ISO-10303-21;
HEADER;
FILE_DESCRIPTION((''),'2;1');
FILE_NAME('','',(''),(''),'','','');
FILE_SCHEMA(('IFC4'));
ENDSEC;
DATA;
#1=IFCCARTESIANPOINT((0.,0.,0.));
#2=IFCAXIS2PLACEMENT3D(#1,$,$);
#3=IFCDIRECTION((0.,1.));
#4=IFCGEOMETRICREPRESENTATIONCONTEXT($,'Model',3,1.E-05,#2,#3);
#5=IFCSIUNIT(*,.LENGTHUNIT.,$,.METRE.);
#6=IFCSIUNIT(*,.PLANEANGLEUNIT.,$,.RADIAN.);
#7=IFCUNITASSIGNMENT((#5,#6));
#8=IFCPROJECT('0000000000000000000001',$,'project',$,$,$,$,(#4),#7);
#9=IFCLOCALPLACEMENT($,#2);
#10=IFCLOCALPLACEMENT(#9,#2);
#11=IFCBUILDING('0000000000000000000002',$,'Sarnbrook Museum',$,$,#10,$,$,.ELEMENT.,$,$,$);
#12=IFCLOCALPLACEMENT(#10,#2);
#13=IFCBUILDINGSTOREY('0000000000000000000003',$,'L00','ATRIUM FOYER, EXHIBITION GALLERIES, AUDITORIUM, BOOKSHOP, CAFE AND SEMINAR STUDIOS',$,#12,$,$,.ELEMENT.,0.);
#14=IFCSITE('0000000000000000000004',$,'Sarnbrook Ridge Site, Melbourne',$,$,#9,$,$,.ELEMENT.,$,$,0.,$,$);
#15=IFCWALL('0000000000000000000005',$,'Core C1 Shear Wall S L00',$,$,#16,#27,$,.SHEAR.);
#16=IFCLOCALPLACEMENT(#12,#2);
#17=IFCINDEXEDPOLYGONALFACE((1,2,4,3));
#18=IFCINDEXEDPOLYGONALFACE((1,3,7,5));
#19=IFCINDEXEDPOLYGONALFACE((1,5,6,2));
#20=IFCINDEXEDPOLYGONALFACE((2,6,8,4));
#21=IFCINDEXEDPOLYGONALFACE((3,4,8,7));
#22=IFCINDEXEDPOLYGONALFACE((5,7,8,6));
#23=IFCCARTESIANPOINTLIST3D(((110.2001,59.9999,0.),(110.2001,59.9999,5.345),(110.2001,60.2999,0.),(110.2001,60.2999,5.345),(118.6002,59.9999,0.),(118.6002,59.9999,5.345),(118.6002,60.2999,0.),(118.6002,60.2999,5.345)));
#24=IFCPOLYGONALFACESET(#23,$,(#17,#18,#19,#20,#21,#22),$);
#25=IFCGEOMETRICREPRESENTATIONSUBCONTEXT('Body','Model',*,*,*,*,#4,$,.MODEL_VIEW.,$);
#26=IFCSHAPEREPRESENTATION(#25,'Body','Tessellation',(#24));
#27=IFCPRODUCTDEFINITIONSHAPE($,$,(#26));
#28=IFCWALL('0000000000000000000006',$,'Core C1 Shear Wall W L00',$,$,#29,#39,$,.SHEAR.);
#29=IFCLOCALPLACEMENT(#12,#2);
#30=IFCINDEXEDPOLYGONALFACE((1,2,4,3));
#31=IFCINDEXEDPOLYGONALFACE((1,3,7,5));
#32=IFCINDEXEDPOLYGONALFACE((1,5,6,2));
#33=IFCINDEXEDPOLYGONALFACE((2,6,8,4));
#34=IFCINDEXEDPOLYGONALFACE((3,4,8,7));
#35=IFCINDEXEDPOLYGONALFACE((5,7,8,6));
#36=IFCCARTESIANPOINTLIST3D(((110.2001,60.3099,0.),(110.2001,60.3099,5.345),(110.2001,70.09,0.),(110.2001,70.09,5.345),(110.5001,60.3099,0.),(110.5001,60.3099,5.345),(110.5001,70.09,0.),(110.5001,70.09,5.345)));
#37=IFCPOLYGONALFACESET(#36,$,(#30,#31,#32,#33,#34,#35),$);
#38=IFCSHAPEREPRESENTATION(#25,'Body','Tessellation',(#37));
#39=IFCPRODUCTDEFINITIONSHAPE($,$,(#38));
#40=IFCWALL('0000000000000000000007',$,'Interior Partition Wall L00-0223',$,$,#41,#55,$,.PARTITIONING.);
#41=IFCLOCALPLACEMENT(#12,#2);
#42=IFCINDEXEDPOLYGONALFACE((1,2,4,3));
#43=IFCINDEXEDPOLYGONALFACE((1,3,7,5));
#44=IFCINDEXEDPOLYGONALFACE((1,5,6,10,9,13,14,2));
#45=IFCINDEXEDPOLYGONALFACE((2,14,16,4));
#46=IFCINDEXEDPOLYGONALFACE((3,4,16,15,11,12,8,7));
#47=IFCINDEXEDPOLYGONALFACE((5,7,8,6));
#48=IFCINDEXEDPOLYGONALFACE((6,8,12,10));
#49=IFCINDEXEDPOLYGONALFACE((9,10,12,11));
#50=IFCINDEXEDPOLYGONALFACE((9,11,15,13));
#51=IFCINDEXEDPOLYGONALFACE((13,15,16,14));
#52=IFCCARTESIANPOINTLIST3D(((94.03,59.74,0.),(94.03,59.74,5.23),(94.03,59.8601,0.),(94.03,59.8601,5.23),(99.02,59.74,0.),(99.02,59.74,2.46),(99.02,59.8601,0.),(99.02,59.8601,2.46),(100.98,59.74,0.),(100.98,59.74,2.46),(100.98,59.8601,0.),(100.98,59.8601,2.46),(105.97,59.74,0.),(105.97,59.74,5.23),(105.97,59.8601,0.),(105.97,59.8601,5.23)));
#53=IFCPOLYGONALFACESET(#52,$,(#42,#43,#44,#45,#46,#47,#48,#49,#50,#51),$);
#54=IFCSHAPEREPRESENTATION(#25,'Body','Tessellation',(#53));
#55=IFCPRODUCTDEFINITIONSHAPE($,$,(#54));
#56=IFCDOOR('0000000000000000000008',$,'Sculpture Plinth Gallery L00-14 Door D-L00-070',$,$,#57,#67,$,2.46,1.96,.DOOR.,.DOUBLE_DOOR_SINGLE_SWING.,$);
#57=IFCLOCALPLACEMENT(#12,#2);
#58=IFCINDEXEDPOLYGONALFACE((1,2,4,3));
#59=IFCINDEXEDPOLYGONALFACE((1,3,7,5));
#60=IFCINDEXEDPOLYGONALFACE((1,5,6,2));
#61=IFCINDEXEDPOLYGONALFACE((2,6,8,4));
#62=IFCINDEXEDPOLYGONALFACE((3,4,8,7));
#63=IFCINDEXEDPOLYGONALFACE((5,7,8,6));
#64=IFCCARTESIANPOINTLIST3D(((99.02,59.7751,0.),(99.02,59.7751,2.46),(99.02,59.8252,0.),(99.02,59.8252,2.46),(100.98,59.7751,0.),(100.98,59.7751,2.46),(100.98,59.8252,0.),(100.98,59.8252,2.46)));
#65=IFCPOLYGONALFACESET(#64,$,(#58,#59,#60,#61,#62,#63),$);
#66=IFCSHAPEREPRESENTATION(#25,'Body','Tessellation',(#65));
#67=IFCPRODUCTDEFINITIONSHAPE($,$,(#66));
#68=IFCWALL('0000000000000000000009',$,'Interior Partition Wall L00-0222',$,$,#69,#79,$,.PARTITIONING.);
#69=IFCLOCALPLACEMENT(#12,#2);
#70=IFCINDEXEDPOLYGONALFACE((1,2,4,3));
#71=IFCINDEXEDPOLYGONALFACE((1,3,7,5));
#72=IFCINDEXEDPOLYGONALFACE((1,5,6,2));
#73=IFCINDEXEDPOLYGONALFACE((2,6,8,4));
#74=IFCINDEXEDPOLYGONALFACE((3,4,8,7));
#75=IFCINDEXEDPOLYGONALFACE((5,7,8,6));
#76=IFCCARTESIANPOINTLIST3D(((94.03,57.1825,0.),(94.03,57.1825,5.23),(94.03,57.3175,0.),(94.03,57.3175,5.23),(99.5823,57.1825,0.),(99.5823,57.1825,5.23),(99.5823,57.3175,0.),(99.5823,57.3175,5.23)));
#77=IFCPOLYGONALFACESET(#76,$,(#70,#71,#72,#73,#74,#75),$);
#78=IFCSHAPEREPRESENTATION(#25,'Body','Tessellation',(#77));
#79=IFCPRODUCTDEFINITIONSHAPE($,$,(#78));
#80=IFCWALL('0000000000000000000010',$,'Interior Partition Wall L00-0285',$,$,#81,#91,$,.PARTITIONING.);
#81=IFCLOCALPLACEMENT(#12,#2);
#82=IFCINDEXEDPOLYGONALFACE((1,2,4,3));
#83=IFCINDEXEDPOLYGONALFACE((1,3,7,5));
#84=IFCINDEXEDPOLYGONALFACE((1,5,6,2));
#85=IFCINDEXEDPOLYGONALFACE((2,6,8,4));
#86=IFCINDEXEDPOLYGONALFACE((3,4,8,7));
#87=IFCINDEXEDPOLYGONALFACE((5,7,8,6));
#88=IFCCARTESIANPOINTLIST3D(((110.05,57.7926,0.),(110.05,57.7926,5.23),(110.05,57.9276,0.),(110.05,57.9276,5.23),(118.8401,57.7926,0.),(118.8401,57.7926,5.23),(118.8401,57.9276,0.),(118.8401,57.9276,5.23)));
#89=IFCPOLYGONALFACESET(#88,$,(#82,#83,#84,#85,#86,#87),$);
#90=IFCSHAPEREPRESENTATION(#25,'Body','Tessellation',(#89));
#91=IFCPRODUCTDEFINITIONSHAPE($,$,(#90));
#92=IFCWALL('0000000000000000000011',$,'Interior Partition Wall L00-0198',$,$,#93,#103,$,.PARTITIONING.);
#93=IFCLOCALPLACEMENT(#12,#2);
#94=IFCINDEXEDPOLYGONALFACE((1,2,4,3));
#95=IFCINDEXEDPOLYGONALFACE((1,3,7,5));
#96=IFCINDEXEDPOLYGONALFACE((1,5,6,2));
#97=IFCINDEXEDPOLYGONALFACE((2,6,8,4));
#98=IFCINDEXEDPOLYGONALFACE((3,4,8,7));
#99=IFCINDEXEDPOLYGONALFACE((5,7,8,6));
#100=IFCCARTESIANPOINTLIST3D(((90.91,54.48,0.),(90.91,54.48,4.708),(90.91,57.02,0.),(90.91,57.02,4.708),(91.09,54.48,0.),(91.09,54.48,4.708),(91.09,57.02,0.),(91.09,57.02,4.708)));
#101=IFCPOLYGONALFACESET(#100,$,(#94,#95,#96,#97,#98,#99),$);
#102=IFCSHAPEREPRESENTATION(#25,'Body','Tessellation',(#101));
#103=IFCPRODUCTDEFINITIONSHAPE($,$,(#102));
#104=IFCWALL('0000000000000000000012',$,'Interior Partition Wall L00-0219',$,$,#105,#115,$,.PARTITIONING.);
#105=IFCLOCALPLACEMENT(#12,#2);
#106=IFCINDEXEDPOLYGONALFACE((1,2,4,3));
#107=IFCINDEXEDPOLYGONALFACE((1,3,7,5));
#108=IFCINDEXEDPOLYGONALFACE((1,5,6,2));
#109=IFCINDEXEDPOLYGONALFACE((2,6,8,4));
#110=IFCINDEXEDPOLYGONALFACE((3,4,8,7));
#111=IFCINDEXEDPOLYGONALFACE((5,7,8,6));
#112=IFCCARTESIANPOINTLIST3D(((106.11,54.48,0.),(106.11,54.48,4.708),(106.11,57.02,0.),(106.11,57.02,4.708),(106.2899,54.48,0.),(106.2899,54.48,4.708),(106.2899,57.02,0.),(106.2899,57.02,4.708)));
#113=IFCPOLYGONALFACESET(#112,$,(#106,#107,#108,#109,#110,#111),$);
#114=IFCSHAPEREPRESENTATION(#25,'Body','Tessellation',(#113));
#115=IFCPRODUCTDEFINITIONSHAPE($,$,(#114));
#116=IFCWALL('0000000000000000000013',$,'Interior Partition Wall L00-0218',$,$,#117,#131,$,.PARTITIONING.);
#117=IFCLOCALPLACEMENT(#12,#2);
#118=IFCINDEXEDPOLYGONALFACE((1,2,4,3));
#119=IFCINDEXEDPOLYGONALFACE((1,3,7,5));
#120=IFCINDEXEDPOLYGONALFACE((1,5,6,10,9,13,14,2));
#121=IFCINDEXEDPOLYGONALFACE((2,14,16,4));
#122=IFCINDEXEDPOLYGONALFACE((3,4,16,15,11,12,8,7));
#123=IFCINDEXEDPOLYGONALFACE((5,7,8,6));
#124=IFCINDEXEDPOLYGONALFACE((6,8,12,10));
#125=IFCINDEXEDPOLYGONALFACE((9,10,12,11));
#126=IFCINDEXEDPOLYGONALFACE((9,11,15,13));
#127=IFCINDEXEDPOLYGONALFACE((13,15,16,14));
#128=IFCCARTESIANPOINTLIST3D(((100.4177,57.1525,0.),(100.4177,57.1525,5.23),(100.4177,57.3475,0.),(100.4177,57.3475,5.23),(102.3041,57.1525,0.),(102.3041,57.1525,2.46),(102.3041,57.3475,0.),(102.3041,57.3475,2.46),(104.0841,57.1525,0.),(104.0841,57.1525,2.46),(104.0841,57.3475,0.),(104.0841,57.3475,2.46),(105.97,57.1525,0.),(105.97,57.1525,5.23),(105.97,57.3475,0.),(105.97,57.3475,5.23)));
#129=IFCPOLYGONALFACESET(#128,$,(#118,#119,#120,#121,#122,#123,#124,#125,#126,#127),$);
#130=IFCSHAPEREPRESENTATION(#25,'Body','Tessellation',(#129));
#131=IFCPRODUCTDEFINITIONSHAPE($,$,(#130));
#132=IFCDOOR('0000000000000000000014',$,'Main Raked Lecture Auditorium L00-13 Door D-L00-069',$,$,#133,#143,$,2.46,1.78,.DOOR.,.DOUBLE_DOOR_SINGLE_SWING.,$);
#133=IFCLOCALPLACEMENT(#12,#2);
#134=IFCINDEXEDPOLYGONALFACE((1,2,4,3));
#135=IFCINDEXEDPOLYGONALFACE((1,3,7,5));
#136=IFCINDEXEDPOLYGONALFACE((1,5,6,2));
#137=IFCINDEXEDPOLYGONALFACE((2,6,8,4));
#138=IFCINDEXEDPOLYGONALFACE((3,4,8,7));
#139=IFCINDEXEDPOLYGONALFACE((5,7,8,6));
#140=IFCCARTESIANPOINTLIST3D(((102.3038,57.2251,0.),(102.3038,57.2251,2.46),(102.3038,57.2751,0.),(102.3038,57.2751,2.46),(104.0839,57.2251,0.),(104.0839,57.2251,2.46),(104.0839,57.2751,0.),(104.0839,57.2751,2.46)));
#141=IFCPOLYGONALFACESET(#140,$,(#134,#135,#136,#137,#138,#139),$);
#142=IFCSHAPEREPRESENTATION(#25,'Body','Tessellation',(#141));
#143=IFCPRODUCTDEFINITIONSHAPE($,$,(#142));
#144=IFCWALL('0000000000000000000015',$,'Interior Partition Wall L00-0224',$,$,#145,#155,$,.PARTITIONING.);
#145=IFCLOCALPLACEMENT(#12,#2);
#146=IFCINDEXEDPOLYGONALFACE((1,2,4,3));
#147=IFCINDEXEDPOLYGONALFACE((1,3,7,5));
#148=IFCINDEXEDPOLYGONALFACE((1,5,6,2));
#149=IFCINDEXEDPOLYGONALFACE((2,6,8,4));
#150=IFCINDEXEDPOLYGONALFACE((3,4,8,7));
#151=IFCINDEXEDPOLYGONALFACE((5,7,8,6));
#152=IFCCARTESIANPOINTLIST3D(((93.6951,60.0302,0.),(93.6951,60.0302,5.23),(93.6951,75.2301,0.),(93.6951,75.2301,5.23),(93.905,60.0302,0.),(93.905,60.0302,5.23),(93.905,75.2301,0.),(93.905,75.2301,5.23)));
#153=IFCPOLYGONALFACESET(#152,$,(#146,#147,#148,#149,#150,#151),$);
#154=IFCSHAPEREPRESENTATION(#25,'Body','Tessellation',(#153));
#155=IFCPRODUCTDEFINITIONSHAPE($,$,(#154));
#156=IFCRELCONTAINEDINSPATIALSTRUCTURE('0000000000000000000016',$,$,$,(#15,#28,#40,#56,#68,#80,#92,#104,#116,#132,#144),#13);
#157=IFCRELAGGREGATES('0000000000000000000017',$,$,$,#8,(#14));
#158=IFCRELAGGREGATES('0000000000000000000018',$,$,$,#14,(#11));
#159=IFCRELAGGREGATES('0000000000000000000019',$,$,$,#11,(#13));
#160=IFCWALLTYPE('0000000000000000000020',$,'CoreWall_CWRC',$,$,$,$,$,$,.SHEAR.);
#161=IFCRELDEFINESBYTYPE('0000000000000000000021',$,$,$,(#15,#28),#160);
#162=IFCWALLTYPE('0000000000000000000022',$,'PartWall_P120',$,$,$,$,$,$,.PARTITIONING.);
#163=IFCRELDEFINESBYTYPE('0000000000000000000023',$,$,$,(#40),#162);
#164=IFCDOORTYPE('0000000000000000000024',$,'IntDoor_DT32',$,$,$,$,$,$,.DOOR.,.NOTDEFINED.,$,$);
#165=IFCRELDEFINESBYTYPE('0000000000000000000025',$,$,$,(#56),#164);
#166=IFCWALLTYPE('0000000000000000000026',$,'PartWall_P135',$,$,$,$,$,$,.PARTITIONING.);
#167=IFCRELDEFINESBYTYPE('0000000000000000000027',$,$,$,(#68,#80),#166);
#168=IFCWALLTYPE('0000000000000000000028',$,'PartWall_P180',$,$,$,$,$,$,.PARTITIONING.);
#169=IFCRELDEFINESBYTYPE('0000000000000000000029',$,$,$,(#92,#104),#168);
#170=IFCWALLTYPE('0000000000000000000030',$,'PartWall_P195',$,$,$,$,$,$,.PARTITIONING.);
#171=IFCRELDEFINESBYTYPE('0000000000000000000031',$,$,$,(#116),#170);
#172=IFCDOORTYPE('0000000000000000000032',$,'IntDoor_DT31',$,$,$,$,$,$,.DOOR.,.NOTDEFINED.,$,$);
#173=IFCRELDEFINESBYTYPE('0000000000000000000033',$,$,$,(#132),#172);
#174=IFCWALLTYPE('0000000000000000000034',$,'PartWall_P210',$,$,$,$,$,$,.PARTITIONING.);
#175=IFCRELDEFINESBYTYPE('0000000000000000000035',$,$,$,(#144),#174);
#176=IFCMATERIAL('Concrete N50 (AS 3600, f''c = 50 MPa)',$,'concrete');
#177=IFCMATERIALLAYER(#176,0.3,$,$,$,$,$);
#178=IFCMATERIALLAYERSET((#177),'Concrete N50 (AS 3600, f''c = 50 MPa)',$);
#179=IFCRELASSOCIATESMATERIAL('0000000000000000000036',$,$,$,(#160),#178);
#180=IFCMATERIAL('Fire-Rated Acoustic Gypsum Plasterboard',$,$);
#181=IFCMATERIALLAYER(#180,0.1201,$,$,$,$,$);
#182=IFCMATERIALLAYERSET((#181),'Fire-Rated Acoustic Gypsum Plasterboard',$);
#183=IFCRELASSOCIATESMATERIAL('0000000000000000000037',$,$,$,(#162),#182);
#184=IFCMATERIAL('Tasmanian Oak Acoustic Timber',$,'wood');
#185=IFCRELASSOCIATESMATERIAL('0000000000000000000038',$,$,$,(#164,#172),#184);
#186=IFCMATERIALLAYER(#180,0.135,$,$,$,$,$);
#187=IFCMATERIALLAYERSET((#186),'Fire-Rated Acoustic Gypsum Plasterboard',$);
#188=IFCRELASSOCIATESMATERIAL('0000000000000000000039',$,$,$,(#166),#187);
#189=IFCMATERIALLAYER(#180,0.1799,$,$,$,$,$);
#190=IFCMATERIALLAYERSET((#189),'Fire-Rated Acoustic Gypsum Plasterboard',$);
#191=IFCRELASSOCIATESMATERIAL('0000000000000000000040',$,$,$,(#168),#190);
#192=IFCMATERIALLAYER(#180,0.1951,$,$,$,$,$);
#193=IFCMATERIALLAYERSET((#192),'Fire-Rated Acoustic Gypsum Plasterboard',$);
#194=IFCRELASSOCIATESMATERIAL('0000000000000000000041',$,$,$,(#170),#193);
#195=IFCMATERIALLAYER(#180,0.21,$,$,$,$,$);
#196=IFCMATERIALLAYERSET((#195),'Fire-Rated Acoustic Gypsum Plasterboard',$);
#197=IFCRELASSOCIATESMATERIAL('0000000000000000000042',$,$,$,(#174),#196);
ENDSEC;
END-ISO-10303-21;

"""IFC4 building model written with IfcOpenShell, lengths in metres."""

from ifc_helpers import new_model, si_unit, direction, frame, frame_2d, origin, place, context, subcontext, project, spatial, rectangle, extrude, material, layer, layer_set, type_object, element, fill, save


model = new_model("IFC4")

# Units and contexts
model_context = context("Model", 3, precision=1e-05, world=origin(), true_north=direction((0.0, 1.0)))
body_context = subcontext(model_context, "Body", "Model", "MODEL_VIEW")
ifc_project = project(units=[si_unit("LENGTHUNIT", "METRE"), si_unit("PLANEANGLEUNIT", "RADIAN")], contexts=[model_context])

# Site, building, storey
site_placement = place(None, origin())
site = spatial("IfcSite", under=ifc_project, at=site_placement, Name="Sarnbrook Ridge Site, Melbourne", CompositionType="ELEMENT", RefElevation=0.0)
building_placement = place(site_placement, origin())
building = spatial("IfcBuilding", under=site, at=building_placement, Name="Sarnbrook Museum", CompositionType="ELEMENT")
storey_placement = place(building_placement, origin())
storey = spatial("IfcBuildingStorey", under=building, at=storey_placement, Name="L00", Description="ATRIUM FOYER, EXHIBITION GALLERIES, AUDITORIUM, BOOKSHOP, CAFE AND SEMINAR STUDIOS", CompositionType="ELEMENT", Elevation=0.0)

# Walls
ifc_material_1 = material(Name="Concrete N50 (AS 3600, f'c = 50 MPa)", Category="concrete")
ifc_layer_1 = layer(ifc_material_1, 0.3)
ifc_layer_set_1 = layer_set([ifc_layer_1], Name="Concrete N50 (AS 3600, f'c = 50 MPa)")
wall_type_1 = type_object("IfcWallType", Name="CoreWall_CWRC", PredefinedType="SHEAR", material=ifc_layer_set_1)
wall_1_placement = place(storey_placement, frame((110.2, 60.1499, 0.0), z_axis=(0.0, 0.0, 1.0), x_axis=(1.0, 0.0, 0.0)))
element("IfcWall", 1, at=wall_1_placement, inside=storey, type_object=wall_type_1, Name="Core C1 Shear Wall S L00", PredefinedType="SHEAR", context=body_context, shape_type="SweptSolid", body=[
    extrude(rectangle(XDim=8.4001, YDim=0.3, at=frame_2d((4.2002, 0.0))), origin(), (0.0, 0.0, 1.0), 5.345),
])
wall_2_placement = place(storey_placement, frame((110.3501, 70.0901, 0.0), z_axis=(0.0, 0.0, 1.0), x_axis=(0.0, -1.0, 0.0)))
element("IfcWall", 2, at=wall_2_placement, inside=storey, type_object=wall_type_1, Name="Core C1 Shear Wall W L00", PredefinedType="SHEAR", context=body_context, shape_type="SweptSolid", body=[
    extrude(rectangle(XDim=9.78, YDim=0.3, at=frame_2d((4.8901, 0.0))), origin(), (0.0, 0.0, 1.0), 5.345),
])

# Wall, opening, door
ifc_material_2 = material(Name="Fire-Rated Acoustic Gypsum Plasterboard")
ifc_layer_2 = layer(ifc_material_2, 0.1201)
ifc_layer_set_2 = layer_set([ifc_layer_2], Name="Fire-Rated Acoustic Gypsum Plasterboard")
wall_type_2 = type_object("IfcWallType", Name="PartWall_P120", PredefinedType="PARTITIONING", material=ifc_layer_set_2)
wall_3_placement = place(storey_placement, frame((105.97, 59.8, 0.0), z_axis=(0.0, 0.0, 1.0), x_axis=(-1.0, 0.0, 0.0)))
wall_3 = element("IfcWall", 3, at=wall_3_placement, inside=storey, type_object=wall_type_2, Name="Interior Partition Wall L00-0223", PredefinedType="PARTITIONING", context=body_context, shape_type="SweptSolid", body=[
    extrude(rectangle(XDim=11.9399, YDim=0.1201, at=frame_2d((5.97, 0.0))), origin(), (0.0, 0.0, 1.0), 5.23),
])
opening_1_placement = place(wall_3_placement, frame((4.99, 0.0, 0.0)))
opening_1 = element("IfcOpeningElement", 4, at=opening_1_placement, cuts=wall_3, PredefinedType="OPENING", context=body_context, shape_type="SweptSolid", body=[
    extrude(rectangle(XDim=1.96, YDim=2.46, at=frame_2d((0.98, 1.23))), frame((0.0, 0.0701, 0.0), z_axis=(0.0, -1.0, 0.0), x_axis=(1.0, 0.0, 0.0)), (0.0, 0.0, 1.0), 0.1401),
])
ifc_material_3 = material(Name="Tasmanian Oak Acoustic Timber", Category="wood")
door_type_1 = type_object("IfcDoorType", Name="IntDoor_DT32", OperationType="NOTDEFINED", PredefinedType="DOOR", material=ifc_material_3)
door_1_placement = place(opening_1_placement, origin())
door_1 = element("IfcDoor", 5, at=door_1_placement, inside=storey, type_object=door_type_1, Name="Sculpture Plinth Gallery L00-14 Door D-L00-070", OperationType="DOUBLE_DOOR_SINGLE_SWING", OverallHeight=2.46, OverallWidth=1.96, PredefinedType="DOOR", context=body_context, shape_type="SweptSolid", body=[
    extrude(rectangle(XDim=1.96, YDim=2.46, at=frame_2d((0.98, 1.23))), frame((0.0, 0.0249, 0.0), z_axis=(0.0, -1.0, 0.0), x_axis=(1.0, 0.0, 0.0)), (0.0, 0.0, 1.0), 0.05),
])
fill(opening_1, door_1)

# Walls
ifc_layer_3 = layer(ifc_material_2, 0.135)
ifc_layer_set_3 = layer_set([ifc_layer_3], Name="Fire-Rated Acoustic Gypsum Plasterboard")
wall_type_3 = type_object("IfcWallType", Name="PartWall_P135", PredefinedType="PARTITIONING", material=ifc_layer_set_3)
wall_4_placement = place(storey_placement, frame((94.03, 57.25, 0.0), z_axis=(0.0, 0.0, 1.0), x_axis=(1.0, 0.0, 0.0)))
element("IfcWall", 6, at=wall_4_placement, inside=storey, type_object=wall_type_3, Name="Interior Partition Wall L00-0222", PredefinedType="PARTITIONING", context=body_context, shape_type="SweptSolid", body=[
    extrude(rectangle(XDim=5.5522, YDim=0.135, at=frame_2d((2.7761, 0.0))), origin(), (0.0, 0.0, 1.0), 5.23),
])
wall_5_placement = place(storey_placement, frame((110.05, 57.8601, 0.0), z_axis=(0.0, 0.0, 1.0), x_axis=(1.0, 0.0, 0.0)))
element("IfcWall", 7, at=wall_5_placement, inside=storey, type_object=wall_type_3, Name="Interior Partition Wall L00-0285", PredefinedType="PARTITIONING", context=body_context, shape_type="SweptSolid", body=[
    extrude(rectangle(XDim=8.79, YDim=0.135, at=frame_2d((4.395, 0.0))), origin(), (0.0, 0.0, 1.0), 5.23),
])
ifc_layer_4 = layer(ifc_material_2, 0.1799)
ifc_layer_set_4 = layer_set([ifc_layer_4], Name="Fire-Rated Acoustic Gypsum Plasterboard")
wall_type_4 = type_object("IfcWallType", Name="PartWall_P180", PredefinedType="PARTITIONING", material=ifc_layer_set_4)
for number, where, z_axis, x_axis, name in (
    (8, (91.0, 57.02, 0.0), (0.0, 0.0, 1.0), (0.0, -1.0, 0.0), "Interior Partition Wall L00-0198"),
    (9, (106.2, 57.02, 0.0), (0.0, 0.0, 1.0), (0.0, -1.0, 0.0), "Interior Partition Wall L00-0219"),
):
    element("IfcWall", number, at=place(storey_placement, frame(where, z_axis=z_axis, x_axis=x_axis)), inside=storey, type_object=wall_type_4, Name=name, PredefinedType="PARTITIONING", context=body_context, shape_type="SweptSolid", body=[
        extrude(rectangle(XDim=2.54, YDim=0.1799, at=frame_2d((1.27, 0.0))), origin(), (0.0, 0.0, 1.0), 4.708),
    ])

# Wall, opening, door
ifc_layer_5 = layer(ifc_material_2, 0.1951)
ifc_layer_set_5 = layer_set([ifc_layer_5], Name="Fire-Rated Acoustic Gypsum Plasterboard")
wall_type_5 = type_object("IfcWallType", Name="PartWall_P195", PredefinedType="PARTITIONING", material=ifc_layer_set_5)
wall_6_placement = place(storey_placement, frame((100.4177, 57.25, 0.0), z_axis=(0.0, 0.0, 1.0), x_axis=(1.0, 0.0, 0.0)))
wall_6 = element("IfcWall", 10, at=wall_6_placement, inside=storey, type_object=wall_type_5, Name="Interior Partition Wall L00-0218", PredefinedType="PARTITIONING", context=body_context, shape_type="SweptSolid", body=[
    extrude(rectangle(XDim=5.5522, YDim=0.1951, at=frame_2d((2.7761, 0.0))), origin(), (0.0, 0.0, 1.0), 5.23),
])
opening_2_placement = place(wall_6_placement, frame((1.8862, 0.0, 0.0)))
opening_2 = element("IfcOpeningElement", 11, at=opening_2_placement, cuts=wall_6, PredefinedType="OPENING", context=body_context, shape_type="SweptSolid", body=[
    extrude(rectangle(XDim=1.78, YDim=2.46, at=frame_2d((0.8901, 1.23))), frame((0.0, 0.1074, 0.0), z_axis=(0.0, -1.0, 0.0), x_axis=(1.0, 0.0, 0.0)), (0.0, 0.0, 1.0), 0.2151),
])
door_type_2 = type_object("IfcDoorType", Name="IntDoor_DT31", OperationType="NOTDEFINED", PredefinedType="DOOR", material=ifc_material_3)
door_2_placement = place(opening_2_placement, frame((1.78, 0.0, 0.0), z_axis=(0.0, 0.0, 1.0), x_axis=(-1.0, 0.0, 0.0)))
door_2 = element("IfcDoor", 12, at=door_2_placement, inside=storey, type_object=door_type_2, Name="Main Raked Lecture Auditorium L00-13 Door D-L00-069", OperationType="DOUBLE_DOOR_SINGLE_SWING", OverallHeight=2.46, OverallWidth=1.78, PredefinedType="DOOR", context=body_context, shape_type="SweptSolid", body=[
    extrude(rectangle(XDim=1.78, YDim=2.46, at=frame_2d((0.8901, 1.23))), frame((0.0, 0.0249, 0.0), z_axis=(0.0, -1.0, 0.0), x_axis=(1.0, 0.0, 0.0)), (0.0, 0.0, 1.0), 0.05),
])
fill(opening_2, door_2)

# Wall
ifc_layer_6 = layer(ifc_material_2, 0.21)
ifc_layer_set_6 = layer_set([ifc_layer_6], Name="Fire-Rated Acoustic Gypsum Plasterboard")
wall_type_6 = type_object("IfcWallType", Name="PartWall_P210", PredefinedType="PARTITIONING", material=ifc_layer_set_6)
wall_7_placement = place(storey_placement, frame((93.8, 60.03, 0.0), z_axis=(0.0, 0.0, 1.0), x_axis=(0.0, 1.0, 0.0)))
element("IfcWall", 13, at=wall_7_placement, inside=storey, type_object=wall_type_6, Name="Interior Partition Wall L00-0224", PredefinedType="PARTITIONING", context=body_context, shape_type="SweptSolid", body=[
    extrude(rectangle(XDim=15.2, YDim=0.21, at=frame_2d((7.6001, 0.0))), origin(), (0.0, 0.0, 1.0), 5.23),
])

save(model, "model.ifc")
